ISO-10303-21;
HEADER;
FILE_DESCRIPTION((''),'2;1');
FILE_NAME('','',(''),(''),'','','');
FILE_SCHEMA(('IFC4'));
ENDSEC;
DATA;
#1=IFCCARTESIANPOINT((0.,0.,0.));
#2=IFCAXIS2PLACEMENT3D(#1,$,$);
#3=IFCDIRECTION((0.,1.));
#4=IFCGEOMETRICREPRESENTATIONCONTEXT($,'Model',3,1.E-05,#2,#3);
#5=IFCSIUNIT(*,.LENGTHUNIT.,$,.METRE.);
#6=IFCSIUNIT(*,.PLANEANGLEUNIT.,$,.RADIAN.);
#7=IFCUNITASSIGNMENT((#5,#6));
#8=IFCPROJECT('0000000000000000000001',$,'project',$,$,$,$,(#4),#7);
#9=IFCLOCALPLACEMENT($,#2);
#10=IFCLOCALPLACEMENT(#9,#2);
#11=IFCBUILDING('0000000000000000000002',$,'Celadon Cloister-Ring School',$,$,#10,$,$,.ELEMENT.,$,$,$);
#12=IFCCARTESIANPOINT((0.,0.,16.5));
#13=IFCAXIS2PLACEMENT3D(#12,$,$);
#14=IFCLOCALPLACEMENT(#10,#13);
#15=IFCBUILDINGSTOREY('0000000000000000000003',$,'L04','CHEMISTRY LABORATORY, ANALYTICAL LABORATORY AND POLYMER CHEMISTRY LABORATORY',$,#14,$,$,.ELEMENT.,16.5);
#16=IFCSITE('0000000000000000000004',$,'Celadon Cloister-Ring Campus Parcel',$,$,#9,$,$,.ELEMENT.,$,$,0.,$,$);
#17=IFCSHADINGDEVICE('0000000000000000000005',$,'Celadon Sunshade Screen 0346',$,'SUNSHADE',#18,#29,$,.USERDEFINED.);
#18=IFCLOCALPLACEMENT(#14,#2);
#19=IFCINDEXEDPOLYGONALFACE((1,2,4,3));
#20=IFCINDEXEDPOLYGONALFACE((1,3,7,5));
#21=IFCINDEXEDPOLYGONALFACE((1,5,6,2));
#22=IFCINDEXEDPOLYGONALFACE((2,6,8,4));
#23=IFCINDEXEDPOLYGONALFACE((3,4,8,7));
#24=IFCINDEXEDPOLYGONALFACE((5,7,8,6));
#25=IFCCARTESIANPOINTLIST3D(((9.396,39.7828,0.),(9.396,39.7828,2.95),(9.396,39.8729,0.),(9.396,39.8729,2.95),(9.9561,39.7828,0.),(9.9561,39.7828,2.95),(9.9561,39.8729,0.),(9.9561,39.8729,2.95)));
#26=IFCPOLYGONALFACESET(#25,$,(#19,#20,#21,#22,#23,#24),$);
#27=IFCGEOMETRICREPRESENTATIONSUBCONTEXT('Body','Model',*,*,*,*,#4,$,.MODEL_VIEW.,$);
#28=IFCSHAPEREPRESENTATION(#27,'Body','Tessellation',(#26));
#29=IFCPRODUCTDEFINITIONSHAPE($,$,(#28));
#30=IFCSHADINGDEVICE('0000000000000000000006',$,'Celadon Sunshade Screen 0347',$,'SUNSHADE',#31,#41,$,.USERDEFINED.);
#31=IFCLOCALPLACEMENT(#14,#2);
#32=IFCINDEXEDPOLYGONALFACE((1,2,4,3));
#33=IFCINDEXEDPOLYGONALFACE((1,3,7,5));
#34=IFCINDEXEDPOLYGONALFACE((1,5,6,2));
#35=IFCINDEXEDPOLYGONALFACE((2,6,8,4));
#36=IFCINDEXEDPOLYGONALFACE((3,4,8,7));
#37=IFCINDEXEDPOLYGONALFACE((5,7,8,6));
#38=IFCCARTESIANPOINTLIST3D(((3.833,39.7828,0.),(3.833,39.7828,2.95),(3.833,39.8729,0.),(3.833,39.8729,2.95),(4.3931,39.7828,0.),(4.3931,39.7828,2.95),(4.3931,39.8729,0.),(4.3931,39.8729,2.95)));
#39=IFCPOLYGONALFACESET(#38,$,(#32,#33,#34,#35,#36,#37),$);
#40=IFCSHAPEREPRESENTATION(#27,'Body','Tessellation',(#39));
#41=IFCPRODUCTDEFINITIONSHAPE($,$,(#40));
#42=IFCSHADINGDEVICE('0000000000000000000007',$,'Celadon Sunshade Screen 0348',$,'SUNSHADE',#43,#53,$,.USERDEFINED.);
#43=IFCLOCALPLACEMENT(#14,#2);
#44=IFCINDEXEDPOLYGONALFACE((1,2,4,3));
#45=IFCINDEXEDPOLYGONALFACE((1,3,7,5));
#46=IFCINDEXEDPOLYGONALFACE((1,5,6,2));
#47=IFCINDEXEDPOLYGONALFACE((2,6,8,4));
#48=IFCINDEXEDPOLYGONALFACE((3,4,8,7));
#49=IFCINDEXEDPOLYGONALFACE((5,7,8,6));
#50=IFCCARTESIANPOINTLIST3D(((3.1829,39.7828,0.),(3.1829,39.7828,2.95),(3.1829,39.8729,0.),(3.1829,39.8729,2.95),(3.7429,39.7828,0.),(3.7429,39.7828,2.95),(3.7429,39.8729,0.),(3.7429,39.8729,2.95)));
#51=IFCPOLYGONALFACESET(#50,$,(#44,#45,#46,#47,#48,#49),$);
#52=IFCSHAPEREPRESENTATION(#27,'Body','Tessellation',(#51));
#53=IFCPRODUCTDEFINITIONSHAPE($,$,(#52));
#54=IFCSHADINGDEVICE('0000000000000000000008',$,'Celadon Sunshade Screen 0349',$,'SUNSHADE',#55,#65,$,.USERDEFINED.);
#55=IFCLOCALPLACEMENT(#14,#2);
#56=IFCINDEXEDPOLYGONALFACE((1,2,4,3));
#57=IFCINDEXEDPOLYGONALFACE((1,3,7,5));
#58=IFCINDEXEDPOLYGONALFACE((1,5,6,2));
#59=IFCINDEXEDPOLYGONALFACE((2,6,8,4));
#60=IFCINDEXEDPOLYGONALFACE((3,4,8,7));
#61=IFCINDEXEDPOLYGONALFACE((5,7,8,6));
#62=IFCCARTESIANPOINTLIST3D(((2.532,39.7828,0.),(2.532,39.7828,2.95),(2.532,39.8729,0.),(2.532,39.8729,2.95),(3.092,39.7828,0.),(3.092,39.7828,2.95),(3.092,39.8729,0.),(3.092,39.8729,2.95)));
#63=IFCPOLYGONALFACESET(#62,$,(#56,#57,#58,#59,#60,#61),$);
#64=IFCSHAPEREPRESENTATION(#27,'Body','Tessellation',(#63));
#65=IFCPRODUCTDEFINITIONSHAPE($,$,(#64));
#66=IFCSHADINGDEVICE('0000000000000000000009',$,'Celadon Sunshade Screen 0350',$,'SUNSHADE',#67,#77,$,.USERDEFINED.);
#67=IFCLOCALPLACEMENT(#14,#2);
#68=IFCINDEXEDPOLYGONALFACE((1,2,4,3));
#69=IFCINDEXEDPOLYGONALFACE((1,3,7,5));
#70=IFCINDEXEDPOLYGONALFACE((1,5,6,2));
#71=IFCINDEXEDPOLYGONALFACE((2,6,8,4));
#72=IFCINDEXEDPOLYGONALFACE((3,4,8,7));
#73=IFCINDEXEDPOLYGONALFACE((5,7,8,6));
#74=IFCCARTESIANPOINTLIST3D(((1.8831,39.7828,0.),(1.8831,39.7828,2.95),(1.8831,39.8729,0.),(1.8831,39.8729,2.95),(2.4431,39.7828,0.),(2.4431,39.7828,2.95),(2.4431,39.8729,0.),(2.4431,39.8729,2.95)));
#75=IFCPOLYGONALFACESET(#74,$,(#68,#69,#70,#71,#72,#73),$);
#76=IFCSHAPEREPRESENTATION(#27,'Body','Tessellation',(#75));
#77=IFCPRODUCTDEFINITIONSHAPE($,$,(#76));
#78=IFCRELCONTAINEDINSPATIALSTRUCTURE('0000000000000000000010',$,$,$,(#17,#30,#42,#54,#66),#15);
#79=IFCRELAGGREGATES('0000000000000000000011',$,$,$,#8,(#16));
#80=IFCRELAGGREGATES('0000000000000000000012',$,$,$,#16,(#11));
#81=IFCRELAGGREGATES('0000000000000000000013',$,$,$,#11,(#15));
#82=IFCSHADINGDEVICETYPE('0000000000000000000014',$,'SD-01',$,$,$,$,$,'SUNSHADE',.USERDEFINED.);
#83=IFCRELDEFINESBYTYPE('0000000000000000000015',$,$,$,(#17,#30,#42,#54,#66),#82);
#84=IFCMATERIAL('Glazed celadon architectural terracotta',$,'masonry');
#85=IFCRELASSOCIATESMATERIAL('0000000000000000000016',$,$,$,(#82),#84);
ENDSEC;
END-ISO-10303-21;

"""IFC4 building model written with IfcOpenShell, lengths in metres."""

from ifc_helpers import new_model, si_unit, direction, frame, origin, origin_2d, place, context, subcontext, project, spatial, rectangle, extrude, material, type_object, element, save


model = new_model("IFC4")

# Units and contexts
model_context = context("Model", 3, precision=1e-05, world=origin(), true_north=direction((0.0, 1.0)))
body_context = subcontext(model_context, "Body", "Model", "MODEL_VIEW")
ifc_project = project(units=[si_unit("LENGTHUNIT", "METRE"), si_unit("PLANEANGLEUNIT", "RADIAN")], contexts=[model_context])

# Site, building, storey
site_placement = place(None, origin())
site = spatial("IfcSite", under=ifc_project, at=site_placement, Name="Celadon Cloister-Ring Campus Parcel", CompositionType="ELEMENT", RefElevation=0.0)
building_placement = place(site_placement, origin())
building = spatial("IfcBuilding", under=site, at=building_placement, Name="Celadon Cloister-Ring School", CompositionType="ELEMENT")
storey_placement = place(building_placement, frame((0.0, 0.0, 16.5)))
storey = spatial("IfcBuildingStorey", under=building, at=storey_placement, Name="L04", Description="CHEMISTRY LABORATORY, ANALYTICAL LABORATORY AND POLYMER CHEMISTRY LABORATORY", CompositionType="ELEMENT", Elevation=16.5)

# Shading devices
ifc_material_1 = material(Name="Glazed celadon architectural terracotta", Category="masonry")
shading_device_type = type_object("IfcShadingDeviceType", Name="SD-01", ElementType="SUNSHADE", PredefinedType="USERDEFINED", material=ifc_material_1)
for number, where, z_axis, x_axis, name in (
    (1, (9.676, 39.8279, 0.0), (0.0, 0.0, 1.0), (-1.0, 0.0, 0.0), "Celadon Sunshade Screen 0346"),
    (2, (4.113, 39.8279, 0.0), (0.0, 0.0, 1.0), (-1.0, 0.0, 0.0), "Celadon Sunshade Screen 0347"),
    (3, (3.4629, 39.8279, 0.0), (0.0, 0.0, 1.0), (-1.0, 0.0, 0.0), "Celadon Sunshade Screen 0348"),
    (4, (2.812, 39.8279, 0.0), (0.0, 0.0, 1.0), (-1.0, 0.0, 0.0), "Celadon Sunshade Screen 0349"),
    (5, (2.1631, 39.8279, 0.0), (0.0, 0.0, 1.0), (-1.0, 0.0, 0.0), "Celadon Sunshade Screen 0350"),
):
    element("IfcShadingDevice", number, at=place(storey_placement, frame(where, z_axis=z_axis, x_axis=x_axis)), inside=storey, type_object=shading_device_type, Name=name, ObjectType="SUNSHADE", PredefinedType="USERDEFINED", context=body_context, shape_type="SweptSolid", body=[
        extrude(rectangle(XDim=0.5601, YDim=0.0901, at=origin_2d()), origin(), (0.0, 0.0, 1.0), 2.95),
    ])

save(model, "model.ifc")
